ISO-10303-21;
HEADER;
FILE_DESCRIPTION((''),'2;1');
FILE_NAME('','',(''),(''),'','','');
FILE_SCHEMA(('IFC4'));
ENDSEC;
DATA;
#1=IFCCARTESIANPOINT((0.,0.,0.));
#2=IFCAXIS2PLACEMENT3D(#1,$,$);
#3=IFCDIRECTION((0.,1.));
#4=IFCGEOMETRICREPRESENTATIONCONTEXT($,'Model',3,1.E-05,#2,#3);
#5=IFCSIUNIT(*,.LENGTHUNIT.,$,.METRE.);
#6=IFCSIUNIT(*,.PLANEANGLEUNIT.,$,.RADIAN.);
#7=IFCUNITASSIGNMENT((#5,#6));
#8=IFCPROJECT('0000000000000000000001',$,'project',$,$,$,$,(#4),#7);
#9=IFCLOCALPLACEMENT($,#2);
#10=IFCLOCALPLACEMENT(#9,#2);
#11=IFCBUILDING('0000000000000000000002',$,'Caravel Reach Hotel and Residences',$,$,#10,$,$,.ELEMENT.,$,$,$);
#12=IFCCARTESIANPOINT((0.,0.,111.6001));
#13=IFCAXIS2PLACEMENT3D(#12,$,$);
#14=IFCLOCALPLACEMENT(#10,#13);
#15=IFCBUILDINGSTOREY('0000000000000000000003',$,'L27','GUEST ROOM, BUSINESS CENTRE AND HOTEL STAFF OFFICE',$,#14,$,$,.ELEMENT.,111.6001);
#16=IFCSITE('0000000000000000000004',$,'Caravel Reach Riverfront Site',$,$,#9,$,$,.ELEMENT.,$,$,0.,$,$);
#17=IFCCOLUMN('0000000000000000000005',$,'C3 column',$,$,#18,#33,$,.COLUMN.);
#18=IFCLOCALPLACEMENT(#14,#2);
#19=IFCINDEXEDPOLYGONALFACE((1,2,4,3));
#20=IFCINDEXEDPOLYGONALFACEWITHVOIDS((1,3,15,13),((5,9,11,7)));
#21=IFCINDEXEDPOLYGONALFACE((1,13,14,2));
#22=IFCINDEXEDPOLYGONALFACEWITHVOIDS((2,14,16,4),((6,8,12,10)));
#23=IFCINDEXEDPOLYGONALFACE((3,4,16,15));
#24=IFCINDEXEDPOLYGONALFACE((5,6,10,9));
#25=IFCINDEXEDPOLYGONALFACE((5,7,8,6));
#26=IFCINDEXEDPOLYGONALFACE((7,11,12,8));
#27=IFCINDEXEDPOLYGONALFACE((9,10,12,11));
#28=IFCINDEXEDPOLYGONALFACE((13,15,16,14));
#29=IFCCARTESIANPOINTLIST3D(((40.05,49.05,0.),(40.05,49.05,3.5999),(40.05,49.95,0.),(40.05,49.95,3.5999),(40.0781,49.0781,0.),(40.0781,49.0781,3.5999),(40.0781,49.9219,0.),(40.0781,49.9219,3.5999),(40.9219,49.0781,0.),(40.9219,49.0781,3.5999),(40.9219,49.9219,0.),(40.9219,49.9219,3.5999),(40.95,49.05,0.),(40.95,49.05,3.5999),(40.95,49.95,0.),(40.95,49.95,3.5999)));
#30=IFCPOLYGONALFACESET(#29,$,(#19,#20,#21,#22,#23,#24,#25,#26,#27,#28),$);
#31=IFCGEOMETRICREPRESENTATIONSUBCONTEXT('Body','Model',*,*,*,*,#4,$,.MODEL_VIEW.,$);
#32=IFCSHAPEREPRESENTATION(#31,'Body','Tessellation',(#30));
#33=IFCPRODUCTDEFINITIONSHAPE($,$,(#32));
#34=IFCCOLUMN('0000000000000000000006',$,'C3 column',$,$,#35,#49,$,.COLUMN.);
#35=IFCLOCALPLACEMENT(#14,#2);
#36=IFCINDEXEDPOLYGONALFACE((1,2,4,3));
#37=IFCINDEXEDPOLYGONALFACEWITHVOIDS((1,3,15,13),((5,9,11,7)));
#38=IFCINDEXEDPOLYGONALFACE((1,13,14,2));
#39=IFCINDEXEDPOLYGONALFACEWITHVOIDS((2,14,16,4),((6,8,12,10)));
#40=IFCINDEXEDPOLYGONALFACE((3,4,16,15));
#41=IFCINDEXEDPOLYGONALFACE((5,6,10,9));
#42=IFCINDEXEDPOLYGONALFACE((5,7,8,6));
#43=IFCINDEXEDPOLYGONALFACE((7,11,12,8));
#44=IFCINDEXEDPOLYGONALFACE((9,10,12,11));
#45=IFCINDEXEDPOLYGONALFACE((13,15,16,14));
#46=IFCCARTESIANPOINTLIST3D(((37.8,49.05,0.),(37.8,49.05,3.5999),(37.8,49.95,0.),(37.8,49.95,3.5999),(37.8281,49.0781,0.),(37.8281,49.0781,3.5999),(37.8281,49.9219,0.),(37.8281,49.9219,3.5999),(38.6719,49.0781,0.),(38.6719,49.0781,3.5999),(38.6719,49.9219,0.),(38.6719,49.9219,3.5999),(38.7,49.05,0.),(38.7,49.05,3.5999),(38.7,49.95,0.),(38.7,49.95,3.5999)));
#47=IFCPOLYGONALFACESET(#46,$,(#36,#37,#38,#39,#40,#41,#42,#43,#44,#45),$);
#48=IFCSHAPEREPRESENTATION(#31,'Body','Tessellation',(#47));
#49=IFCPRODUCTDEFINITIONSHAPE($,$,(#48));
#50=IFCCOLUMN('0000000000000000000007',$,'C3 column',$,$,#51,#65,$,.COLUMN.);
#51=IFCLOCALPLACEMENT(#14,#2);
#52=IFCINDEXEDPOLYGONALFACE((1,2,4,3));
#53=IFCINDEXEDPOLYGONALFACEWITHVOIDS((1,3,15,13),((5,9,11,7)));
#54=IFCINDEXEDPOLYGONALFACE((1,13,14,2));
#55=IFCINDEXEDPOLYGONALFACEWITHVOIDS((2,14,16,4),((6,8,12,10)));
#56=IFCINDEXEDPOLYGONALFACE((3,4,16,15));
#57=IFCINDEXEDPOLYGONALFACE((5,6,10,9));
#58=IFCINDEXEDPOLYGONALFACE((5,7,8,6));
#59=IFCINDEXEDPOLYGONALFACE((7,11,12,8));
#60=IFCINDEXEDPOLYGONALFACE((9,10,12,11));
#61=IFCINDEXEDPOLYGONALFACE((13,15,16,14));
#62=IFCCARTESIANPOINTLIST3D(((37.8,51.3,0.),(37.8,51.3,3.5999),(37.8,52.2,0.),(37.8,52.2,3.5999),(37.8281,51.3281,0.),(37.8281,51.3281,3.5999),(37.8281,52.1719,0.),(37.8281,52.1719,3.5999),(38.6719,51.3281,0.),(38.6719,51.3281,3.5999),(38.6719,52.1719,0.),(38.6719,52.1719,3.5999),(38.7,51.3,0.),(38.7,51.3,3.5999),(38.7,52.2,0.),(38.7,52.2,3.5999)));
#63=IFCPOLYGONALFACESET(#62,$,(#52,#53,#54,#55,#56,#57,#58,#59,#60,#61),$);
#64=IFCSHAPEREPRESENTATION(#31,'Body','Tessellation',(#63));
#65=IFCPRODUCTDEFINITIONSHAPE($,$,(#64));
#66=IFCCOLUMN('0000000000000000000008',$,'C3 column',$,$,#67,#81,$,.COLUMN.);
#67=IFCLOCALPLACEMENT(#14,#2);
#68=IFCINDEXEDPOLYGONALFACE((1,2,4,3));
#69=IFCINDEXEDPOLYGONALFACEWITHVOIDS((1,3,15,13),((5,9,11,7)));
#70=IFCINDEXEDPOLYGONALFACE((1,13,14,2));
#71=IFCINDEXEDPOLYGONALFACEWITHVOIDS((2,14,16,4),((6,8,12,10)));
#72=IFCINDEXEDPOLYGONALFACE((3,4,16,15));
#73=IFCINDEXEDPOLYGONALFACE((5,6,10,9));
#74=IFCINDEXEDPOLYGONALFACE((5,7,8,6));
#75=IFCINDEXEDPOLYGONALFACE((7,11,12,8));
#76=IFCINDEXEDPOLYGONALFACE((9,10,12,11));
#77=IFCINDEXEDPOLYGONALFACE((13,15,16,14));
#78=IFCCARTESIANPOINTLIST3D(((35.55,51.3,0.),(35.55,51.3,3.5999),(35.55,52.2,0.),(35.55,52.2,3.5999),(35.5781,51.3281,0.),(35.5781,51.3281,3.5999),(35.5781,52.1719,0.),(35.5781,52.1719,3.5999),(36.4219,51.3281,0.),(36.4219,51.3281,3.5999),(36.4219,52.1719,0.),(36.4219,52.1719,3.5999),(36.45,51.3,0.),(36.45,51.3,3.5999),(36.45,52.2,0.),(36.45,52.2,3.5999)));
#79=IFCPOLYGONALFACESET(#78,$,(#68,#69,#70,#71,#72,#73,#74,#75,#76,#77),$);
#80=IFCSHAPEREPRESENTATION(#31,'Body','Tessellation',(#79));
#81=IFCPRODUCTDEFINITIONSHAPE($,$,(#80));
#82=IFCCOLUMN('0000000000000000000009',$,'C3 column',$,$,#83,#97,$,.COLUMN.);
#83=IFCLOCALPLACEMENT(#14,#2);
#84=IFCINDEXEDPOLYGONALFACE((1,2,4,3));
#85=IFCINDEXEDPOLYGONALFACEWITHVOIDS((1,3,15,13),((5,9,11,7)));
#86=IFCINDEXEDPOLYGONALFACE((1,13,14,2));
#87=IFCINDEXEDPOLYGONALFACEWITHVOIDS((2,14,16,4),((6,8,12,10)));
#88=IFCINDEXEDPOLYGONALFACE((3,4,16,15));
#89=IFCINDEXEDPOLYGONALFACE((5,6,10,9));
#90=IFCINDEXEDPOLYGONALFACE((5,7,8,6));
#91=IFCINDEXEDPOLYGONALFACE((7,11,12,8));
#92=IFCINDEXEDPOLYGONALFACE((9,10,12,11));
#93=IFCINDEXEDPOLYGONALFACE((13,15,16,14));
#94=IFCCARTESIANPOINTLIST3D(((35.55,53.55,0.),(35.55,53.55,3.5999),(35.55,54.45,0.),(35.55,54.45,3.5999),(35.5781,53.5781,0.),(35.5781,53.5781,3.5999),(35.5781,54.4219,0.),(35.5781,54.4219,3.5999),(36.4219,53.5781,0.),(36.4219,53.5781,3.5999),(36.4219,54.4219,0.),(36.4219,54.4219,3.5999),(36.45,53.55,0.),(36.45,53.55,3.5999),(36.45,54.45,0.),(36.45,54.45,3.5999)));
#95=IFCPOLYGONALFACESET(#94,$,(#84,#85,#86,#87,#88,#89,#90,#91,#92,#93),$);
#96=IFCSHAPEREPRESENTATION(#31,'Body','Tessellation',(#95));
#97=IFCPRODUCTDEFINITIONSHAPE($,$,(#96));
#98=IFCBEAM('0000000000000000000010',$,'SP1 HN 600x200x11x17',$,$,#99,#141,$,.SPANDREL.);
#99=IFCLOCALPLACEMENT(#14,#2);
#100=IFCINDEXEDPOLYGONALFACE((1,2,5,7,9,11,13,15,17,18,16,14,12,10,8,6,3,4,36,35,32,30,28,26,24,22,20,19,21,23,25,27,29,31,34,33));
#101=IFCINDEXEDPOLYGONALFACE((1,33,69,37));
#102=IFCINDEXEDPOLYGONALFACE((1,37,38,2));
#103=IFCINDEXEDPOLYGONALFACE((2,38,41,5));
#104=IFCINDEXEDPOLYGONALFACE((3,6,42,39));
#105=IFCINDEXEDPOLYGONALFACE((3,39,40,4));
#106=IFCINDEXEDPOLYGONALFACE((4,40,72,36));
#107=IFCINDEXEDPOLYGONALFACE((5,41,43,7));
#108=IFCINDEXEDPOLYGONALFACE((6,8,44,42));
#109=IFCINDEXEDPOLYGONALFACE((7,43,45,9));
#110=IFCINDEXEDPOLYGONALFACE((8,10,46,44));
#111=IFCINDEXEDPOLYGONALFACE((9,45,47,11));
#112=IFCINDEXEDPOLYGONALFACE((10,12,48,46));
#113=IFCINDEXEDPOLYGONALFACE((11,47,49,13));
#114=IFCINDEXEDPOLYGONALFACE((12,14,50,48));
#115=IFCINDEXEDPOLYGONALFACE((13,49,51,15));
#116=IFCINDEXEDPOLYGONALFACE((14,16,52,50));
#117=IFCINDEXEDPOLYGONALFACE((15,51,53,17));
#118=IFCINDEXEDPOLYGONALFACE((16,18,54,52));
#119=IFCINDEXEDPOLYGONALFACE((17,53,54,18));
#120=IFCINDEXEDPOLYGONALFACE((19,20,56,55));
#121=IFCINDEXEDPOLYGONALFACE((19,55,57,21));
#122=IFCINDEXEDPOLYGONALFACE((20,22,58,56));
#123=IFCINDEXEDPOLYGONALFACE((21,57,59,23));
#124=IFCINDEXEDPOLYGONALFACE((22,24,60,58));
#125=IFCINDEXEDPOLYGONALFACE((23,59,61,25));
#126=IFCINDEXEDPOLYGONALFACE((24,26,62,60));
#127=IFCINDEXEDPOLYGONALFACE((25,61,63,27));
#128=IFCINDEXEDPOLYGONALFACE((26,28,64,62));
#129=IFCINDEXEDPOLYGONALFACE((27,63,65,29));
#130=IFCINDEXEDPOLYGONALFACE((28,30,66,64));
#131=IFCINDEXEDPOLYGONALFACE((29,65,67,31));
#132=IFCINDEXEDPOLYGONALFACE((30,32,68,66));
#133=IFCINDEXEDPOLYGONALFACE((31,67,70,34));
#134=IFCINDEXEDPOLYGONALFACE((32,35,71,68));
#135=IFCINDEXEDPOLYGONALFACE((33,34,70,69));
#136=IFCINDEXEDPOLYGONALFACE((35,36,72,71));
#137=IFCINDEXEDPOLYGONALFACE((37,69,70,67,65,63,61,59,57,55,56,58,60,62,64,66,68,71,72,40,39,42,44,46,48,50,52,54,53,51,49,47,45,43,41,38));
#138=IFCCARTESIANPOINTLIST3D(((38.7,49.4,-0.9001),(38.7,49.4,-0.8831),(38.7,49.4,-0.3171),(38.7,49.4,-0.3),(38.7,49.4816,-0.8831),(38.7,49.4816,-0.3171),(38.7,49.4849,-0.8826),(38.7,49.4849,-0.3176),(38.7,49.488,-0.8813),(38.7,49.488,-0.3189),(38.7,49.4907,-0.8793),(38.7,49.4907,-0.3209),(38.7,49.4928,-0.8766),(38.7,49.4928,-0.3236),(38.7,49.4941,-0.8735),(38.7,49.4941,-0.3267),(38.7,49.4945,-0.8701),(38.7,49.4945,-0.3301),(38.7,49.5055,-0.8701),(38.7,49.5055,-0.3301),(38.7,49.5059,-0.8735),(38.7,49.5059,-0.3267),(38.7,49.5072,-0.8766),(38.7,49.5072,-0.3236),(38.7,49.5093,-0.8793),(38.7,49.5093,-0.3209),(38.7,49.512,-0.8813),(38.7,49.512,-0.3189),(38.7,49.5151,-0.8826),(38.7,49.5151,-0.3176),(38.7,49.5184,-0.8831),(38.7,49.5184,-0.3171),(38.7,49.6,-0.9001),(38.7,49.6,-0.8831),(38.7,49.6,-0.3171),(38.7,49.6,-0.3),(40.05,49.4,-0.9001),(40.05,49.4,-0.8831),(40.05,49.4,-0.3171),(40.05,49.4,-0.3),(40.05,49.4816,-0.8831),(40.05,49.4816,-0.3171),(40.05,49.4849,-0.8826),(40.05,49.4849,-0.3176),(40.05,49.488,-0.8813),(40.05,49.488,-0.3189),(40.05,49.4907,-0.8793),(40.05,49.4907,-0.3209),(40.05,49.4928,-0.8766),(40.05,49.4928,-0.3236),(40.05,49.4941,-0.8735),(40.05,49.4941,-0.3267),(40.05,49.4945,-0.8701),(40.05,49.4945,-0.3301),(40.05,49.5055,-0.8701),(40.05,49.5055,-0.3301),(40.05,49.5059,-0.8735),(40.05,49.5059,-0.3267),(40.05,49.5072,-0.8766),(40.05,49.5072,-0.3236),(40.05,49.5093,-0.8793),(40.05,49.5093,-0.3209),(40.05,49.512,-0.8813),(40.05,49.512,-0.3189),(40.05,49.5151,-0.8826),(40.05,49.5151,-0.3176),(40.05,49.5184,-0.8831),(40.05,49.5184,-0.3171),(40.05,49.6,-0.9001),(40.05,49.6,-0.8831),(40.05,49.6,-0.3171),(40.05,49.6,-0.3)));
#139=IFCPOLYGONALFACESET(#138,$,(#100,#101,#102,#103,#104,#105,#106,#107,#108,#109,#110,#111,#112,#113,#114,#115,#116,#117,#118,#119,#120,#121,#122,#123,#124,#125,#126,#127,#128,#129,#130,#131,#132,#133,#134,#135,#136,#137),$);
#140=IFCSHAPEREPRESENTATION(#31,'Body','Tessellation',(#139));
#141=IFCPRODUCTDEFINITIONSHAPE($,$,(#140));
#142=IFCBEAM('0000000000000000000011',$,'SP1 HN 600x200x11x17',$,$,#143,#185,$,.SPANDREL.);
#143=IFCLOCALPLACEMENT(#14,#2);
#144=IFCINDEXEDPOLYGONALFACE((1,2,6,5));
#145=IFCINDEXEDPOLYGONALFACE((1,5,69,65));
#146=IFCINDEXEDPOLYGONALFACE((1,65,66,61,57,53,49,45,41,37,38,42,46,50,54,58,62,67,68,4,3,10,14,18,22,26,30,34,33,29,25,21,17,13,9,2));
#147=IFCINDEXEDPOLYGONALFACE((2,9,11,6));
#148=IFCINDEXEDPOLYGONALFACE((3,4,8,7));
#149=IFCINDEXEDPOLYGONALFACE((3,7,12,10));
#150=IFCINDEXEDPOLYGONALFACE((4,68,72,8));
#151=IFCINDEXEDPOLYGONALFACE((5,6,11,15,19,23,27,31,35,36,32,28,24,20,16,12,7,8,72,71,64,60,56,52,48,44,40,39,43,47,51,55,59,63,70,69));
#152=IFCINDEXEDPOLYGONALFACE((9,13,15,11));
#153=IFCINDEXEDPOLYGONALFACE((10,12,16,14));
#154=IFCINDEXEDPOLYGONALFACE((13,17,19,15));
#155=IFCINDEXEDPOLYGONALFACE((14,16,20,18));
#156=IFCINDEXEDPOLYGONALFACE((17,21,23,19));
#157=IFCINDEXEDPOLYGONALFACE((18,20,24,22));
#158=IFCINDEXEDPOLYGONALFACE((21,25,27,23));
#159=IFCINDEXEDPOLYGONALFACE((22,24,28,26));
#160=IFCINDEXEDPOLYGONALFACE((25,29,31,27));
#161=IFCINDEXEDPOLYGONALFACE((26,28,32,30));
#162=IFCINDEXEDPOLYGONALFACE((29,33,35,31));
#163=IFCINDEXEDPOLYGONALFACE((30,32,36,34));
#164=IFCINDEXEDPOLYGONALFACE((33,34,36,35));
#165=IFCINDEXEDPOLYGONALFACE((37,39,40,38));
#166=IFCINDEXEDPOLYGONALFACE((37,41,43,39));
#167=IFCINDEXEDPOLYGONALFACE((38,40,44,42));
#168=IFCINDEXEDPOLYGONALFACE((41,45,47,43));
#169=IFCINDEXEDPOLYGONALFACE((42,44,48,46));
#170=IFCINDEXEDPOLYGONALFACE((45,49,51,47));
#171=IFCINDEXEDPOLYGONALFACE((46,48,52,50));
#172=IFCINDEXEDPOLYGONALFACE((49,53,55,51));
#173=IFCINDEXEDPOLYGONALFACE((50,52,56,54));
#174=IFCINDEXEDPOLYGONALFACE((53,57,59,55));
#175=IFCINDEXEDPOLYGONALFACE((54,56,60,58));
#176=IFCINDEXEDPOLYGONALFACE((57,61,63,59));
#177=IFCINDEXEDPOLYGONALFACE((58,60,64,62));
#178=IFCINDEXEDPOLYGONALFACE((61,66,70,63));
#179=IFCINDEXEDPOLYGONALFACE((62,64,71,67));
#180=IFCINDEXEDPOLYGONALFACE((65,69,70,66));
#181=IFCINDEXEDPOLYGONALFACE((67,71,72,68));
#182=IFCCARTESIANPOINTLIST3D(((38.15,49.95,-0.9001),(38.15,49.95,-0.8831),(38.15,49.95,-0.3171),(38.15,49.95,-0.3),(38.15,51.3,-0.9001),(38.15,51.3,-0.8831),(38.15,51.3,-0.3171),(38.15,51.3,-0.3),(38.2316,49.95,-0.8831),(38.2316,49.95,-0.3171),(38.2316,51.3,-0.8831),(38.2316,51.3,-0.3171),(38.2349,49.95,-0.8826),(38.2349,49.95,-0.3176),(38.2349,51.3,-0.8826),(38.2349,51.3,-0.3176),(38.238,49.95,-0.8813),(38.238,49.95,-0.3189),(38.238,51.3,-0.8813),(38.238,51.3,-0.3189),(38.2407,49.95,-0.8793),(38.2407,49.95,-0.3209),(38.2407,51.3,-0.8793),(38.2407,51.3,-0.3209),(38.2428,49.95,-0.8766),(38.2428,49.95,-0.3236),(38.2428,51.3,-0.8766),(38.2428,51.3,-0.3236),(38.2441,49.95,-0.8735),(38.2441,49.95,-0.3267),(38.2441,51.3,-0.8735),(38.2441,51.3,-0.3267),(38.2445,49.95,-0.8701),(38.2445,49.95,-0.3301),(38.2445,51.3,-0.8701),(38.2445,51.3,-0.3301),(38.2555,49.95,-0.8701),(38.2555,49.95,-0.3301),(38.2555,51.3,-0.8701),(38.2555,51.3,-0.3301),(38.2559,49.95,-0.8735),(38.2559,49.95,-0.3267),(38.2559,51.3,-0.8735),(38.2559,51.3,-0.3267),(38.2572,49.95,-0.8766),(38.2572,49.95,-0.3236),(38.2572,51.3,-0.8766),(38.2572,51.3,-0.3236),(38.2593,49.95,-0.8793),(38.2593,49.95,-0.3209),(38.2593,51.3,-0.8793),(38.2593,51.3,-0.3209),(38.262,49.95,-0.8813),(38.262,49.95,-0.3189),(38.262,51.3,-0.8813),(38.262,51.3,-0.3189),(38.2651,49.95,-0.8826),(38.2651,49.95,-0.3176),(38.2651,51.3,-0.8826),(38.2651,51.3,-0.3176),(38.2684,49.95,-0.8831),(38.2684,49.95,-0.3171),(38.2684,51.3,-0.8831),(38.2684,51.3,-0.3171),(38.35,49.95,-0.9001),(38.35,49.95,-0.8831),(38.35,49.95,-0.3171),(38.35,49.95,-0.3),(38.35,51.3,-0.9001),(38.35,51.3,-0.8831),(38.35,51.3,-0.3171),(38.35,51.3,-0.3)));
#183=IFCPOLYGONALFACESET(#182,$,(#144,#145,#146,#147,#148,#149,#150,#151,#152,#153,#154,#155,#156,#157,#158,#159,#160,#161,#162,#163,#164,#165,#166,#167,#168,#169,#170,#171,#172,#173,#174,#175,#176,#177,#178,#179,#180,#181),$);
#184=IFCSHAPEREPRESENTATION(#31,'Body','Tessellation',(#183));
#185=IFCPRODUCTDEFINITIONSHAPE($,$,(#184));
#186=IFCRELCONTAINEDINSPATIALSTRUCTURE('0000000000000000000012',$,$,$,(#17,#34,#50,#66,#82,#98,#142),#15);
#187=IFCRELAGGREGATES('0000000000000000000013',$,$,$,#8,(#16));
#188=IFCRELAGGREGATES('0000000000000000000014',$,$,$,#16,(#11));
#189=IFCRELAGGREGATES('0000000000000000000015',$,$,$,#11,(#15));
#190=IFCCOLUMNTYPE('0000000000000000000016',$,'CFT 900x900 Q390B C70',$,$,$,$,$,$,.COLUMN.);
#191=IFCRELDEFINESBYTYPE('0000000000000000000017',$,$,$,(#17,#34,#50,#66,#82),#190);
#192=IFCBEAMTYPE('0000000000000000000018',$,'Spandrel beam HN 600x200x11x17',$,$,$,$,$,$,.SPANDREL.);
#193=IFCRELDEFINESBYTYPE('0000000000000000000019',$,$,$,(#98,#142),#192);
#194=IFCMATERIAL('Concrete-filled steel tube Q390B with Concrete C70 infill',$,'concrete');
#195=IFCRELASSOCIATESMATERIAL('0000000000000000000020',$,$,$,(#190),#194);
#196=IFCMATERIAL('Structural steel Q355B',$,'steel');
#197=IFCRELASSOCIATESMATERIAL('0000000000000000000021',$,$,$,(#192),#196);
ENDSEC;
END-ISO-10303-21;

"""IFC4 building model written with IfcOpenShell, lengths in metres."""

from ifc_helpers import new_model, si_unit, direction, frame, origin, origin_2d, place, context, subcontext, project, spatial, hollow_rectangle, i_section, extrude, material, material_profile, profile_set, type_object, element, save


model = new_model("IFC4")

# Units and contexts
model_context = context("Model", 3, precision=1e-05, world=origin(), true_north=direction((0.0, 1.0)))
body_context = subcontext(model_context, "Body", "Model", "MODEL_VIEW")
ifc_project = project(units=[si_unit("LENGTHUNIT", "METRE"), si_unit("PLANEANGLEUNIT", "RADIAN")], contexts=[model_context])

# Site, building, storey
site_placement = place(None, origin())
site = spatial("IfcSite", under=ifc_project, at=site_placement, Name="Caravel Reach Riverfront Site", CompositionType="ELEMENT", RefElevation=0.0)
building_placement = place(site_placement, origin())
building = spatial("IfcBuilding", under=site, at=building_placement, Name="Caravel Reach Hotel and Residences", CompositionType="ELEMENT")
storey_placement = place(building_placement, frame((0.0, 0.0, 111.6001)))
storey = spatial("IfcBuildingStorey", under=building, at=storey_placement, Name="L27", Description="GUEST ROOM, BUSINESS CENTRE AND HOTEL STAFF OFFICE", CompositionType="ELEMENT", Elevation=111.6001)

# Columns
ifc_material_1 = material(Name="Concrete-filled steel tube Q390B with Concrete C70 infill", Category="concrete")
ifc_material_profile_1 = material_profile(ifc_material_1, hollow_rectangle(XDim=0.8999, YDim=0.8999, WallThickness=0.0281, at=origin_2d()), Name="RHS 900x900x28")
ifc_profile_set_1 = profile_set([ifc_material_profile_1], Name="Concrete-filled steel tube Q390B with Concrete C70 infill")
column_type = type_object("IfcColumnType", Name="CFT 900x900 Q390B C70", PredefinedType="COLUMN", material=ifc_profile_set_1)
for number, where, z_axis, x_axis, name in (
    (1, (40.5, 49.5, 0.0), (0.0, 0.0, 1.0), (1.0, 0.0, 0.0), "C3 column"),
    (2, (38.25, 49.5, 0.0), (0.0, 0.0, 1.0), (1.0, 0.0, 0.0), "C3 column"),
    (3, (38.25, 51.75, 0.0), (0.0, 0.0, 1.0), (1.0, 0.0, 0.0), "C3 column"),
    (4, (36.0, 51.75, 0.0), (0.0, 0.0, 1.0), (1.0, 0.0, 0.0), "C3 column"),
    (5, (36.0, 54.0, 0.0), (0.0, 0.0, 1.0), (1.0, 0.0, 0.0), "C3 column"),
):
    element("IfcColumn", number, at=place(storey_placement, frame(where, z_axis=z_axis, x_axis=x_axis)), inside=storey, type_object=column_type, Name=name, PredefinedType="COLUMN", context=body_context, shape_type="SweptSolid", body=[
        extrude(hollow_rectangle(XDim=0.8999, YDim=0.8999, WallThickness=0.0281, at=origin_2d()), origin(), (0.0, 0.0, 1.0), 3.5999),
    ])

# Beams
ifc_material_2 = material(Name="Structural steel Q355B", Category="steel")
ifc_material_profile_2 = material_profile(ifc_material_2, i_section(OverallWidth=0.2, OverallDepth=0.6001, WebThickness=0.011, FlangeThickness=0.0171, FilletRadius=0.0129, at=origin_2d()), Name="HN 600x200x11x17")
ifc_profile_set_2 = profile_set([ifc_material_profile_2], Name="Structural steel Q355B")
beam_type = type_object("IfcBeamType", Name="Spandrel beam HN 600x200x11x17", PredefinedType="SPANDREL", material=ifc_profile_set_2)
for number, where, z_axis, x_axis, name in (
    (6, (40.05, 49.5, -0.6001), (-1.0, 0.0, 0.0), (0.0, -1.0, 0.0), "SP1 HN 600x200x11x17"),
    (7, (38.25, 49.95, -0.6001), (0.0, 1.0, 0.0), (-1.0, 0.0, 0.0), "SP1 HN 600x200x11x17"),
):
    element("IfcBeam", number, at=place(storey_placement, frame(where, z_axis=z_axis, x_axis=x_axis)), inside=storey, type_object=beam_type, Name=name, PredefinedType="SPANDREL", context=body_context, shape_type="SweptSolid", body=[
        extrude(i_section(OverallWidth=0.2, OverallDepth=0.6001, WebThickness=0.011, FlangeThickness=0.0171, FilletRadius=0.0129, at=origin_2d()), origin(), (0.0, 0.0, 1.0), 1.3501),
    ])

save(model, "model.ifc")
